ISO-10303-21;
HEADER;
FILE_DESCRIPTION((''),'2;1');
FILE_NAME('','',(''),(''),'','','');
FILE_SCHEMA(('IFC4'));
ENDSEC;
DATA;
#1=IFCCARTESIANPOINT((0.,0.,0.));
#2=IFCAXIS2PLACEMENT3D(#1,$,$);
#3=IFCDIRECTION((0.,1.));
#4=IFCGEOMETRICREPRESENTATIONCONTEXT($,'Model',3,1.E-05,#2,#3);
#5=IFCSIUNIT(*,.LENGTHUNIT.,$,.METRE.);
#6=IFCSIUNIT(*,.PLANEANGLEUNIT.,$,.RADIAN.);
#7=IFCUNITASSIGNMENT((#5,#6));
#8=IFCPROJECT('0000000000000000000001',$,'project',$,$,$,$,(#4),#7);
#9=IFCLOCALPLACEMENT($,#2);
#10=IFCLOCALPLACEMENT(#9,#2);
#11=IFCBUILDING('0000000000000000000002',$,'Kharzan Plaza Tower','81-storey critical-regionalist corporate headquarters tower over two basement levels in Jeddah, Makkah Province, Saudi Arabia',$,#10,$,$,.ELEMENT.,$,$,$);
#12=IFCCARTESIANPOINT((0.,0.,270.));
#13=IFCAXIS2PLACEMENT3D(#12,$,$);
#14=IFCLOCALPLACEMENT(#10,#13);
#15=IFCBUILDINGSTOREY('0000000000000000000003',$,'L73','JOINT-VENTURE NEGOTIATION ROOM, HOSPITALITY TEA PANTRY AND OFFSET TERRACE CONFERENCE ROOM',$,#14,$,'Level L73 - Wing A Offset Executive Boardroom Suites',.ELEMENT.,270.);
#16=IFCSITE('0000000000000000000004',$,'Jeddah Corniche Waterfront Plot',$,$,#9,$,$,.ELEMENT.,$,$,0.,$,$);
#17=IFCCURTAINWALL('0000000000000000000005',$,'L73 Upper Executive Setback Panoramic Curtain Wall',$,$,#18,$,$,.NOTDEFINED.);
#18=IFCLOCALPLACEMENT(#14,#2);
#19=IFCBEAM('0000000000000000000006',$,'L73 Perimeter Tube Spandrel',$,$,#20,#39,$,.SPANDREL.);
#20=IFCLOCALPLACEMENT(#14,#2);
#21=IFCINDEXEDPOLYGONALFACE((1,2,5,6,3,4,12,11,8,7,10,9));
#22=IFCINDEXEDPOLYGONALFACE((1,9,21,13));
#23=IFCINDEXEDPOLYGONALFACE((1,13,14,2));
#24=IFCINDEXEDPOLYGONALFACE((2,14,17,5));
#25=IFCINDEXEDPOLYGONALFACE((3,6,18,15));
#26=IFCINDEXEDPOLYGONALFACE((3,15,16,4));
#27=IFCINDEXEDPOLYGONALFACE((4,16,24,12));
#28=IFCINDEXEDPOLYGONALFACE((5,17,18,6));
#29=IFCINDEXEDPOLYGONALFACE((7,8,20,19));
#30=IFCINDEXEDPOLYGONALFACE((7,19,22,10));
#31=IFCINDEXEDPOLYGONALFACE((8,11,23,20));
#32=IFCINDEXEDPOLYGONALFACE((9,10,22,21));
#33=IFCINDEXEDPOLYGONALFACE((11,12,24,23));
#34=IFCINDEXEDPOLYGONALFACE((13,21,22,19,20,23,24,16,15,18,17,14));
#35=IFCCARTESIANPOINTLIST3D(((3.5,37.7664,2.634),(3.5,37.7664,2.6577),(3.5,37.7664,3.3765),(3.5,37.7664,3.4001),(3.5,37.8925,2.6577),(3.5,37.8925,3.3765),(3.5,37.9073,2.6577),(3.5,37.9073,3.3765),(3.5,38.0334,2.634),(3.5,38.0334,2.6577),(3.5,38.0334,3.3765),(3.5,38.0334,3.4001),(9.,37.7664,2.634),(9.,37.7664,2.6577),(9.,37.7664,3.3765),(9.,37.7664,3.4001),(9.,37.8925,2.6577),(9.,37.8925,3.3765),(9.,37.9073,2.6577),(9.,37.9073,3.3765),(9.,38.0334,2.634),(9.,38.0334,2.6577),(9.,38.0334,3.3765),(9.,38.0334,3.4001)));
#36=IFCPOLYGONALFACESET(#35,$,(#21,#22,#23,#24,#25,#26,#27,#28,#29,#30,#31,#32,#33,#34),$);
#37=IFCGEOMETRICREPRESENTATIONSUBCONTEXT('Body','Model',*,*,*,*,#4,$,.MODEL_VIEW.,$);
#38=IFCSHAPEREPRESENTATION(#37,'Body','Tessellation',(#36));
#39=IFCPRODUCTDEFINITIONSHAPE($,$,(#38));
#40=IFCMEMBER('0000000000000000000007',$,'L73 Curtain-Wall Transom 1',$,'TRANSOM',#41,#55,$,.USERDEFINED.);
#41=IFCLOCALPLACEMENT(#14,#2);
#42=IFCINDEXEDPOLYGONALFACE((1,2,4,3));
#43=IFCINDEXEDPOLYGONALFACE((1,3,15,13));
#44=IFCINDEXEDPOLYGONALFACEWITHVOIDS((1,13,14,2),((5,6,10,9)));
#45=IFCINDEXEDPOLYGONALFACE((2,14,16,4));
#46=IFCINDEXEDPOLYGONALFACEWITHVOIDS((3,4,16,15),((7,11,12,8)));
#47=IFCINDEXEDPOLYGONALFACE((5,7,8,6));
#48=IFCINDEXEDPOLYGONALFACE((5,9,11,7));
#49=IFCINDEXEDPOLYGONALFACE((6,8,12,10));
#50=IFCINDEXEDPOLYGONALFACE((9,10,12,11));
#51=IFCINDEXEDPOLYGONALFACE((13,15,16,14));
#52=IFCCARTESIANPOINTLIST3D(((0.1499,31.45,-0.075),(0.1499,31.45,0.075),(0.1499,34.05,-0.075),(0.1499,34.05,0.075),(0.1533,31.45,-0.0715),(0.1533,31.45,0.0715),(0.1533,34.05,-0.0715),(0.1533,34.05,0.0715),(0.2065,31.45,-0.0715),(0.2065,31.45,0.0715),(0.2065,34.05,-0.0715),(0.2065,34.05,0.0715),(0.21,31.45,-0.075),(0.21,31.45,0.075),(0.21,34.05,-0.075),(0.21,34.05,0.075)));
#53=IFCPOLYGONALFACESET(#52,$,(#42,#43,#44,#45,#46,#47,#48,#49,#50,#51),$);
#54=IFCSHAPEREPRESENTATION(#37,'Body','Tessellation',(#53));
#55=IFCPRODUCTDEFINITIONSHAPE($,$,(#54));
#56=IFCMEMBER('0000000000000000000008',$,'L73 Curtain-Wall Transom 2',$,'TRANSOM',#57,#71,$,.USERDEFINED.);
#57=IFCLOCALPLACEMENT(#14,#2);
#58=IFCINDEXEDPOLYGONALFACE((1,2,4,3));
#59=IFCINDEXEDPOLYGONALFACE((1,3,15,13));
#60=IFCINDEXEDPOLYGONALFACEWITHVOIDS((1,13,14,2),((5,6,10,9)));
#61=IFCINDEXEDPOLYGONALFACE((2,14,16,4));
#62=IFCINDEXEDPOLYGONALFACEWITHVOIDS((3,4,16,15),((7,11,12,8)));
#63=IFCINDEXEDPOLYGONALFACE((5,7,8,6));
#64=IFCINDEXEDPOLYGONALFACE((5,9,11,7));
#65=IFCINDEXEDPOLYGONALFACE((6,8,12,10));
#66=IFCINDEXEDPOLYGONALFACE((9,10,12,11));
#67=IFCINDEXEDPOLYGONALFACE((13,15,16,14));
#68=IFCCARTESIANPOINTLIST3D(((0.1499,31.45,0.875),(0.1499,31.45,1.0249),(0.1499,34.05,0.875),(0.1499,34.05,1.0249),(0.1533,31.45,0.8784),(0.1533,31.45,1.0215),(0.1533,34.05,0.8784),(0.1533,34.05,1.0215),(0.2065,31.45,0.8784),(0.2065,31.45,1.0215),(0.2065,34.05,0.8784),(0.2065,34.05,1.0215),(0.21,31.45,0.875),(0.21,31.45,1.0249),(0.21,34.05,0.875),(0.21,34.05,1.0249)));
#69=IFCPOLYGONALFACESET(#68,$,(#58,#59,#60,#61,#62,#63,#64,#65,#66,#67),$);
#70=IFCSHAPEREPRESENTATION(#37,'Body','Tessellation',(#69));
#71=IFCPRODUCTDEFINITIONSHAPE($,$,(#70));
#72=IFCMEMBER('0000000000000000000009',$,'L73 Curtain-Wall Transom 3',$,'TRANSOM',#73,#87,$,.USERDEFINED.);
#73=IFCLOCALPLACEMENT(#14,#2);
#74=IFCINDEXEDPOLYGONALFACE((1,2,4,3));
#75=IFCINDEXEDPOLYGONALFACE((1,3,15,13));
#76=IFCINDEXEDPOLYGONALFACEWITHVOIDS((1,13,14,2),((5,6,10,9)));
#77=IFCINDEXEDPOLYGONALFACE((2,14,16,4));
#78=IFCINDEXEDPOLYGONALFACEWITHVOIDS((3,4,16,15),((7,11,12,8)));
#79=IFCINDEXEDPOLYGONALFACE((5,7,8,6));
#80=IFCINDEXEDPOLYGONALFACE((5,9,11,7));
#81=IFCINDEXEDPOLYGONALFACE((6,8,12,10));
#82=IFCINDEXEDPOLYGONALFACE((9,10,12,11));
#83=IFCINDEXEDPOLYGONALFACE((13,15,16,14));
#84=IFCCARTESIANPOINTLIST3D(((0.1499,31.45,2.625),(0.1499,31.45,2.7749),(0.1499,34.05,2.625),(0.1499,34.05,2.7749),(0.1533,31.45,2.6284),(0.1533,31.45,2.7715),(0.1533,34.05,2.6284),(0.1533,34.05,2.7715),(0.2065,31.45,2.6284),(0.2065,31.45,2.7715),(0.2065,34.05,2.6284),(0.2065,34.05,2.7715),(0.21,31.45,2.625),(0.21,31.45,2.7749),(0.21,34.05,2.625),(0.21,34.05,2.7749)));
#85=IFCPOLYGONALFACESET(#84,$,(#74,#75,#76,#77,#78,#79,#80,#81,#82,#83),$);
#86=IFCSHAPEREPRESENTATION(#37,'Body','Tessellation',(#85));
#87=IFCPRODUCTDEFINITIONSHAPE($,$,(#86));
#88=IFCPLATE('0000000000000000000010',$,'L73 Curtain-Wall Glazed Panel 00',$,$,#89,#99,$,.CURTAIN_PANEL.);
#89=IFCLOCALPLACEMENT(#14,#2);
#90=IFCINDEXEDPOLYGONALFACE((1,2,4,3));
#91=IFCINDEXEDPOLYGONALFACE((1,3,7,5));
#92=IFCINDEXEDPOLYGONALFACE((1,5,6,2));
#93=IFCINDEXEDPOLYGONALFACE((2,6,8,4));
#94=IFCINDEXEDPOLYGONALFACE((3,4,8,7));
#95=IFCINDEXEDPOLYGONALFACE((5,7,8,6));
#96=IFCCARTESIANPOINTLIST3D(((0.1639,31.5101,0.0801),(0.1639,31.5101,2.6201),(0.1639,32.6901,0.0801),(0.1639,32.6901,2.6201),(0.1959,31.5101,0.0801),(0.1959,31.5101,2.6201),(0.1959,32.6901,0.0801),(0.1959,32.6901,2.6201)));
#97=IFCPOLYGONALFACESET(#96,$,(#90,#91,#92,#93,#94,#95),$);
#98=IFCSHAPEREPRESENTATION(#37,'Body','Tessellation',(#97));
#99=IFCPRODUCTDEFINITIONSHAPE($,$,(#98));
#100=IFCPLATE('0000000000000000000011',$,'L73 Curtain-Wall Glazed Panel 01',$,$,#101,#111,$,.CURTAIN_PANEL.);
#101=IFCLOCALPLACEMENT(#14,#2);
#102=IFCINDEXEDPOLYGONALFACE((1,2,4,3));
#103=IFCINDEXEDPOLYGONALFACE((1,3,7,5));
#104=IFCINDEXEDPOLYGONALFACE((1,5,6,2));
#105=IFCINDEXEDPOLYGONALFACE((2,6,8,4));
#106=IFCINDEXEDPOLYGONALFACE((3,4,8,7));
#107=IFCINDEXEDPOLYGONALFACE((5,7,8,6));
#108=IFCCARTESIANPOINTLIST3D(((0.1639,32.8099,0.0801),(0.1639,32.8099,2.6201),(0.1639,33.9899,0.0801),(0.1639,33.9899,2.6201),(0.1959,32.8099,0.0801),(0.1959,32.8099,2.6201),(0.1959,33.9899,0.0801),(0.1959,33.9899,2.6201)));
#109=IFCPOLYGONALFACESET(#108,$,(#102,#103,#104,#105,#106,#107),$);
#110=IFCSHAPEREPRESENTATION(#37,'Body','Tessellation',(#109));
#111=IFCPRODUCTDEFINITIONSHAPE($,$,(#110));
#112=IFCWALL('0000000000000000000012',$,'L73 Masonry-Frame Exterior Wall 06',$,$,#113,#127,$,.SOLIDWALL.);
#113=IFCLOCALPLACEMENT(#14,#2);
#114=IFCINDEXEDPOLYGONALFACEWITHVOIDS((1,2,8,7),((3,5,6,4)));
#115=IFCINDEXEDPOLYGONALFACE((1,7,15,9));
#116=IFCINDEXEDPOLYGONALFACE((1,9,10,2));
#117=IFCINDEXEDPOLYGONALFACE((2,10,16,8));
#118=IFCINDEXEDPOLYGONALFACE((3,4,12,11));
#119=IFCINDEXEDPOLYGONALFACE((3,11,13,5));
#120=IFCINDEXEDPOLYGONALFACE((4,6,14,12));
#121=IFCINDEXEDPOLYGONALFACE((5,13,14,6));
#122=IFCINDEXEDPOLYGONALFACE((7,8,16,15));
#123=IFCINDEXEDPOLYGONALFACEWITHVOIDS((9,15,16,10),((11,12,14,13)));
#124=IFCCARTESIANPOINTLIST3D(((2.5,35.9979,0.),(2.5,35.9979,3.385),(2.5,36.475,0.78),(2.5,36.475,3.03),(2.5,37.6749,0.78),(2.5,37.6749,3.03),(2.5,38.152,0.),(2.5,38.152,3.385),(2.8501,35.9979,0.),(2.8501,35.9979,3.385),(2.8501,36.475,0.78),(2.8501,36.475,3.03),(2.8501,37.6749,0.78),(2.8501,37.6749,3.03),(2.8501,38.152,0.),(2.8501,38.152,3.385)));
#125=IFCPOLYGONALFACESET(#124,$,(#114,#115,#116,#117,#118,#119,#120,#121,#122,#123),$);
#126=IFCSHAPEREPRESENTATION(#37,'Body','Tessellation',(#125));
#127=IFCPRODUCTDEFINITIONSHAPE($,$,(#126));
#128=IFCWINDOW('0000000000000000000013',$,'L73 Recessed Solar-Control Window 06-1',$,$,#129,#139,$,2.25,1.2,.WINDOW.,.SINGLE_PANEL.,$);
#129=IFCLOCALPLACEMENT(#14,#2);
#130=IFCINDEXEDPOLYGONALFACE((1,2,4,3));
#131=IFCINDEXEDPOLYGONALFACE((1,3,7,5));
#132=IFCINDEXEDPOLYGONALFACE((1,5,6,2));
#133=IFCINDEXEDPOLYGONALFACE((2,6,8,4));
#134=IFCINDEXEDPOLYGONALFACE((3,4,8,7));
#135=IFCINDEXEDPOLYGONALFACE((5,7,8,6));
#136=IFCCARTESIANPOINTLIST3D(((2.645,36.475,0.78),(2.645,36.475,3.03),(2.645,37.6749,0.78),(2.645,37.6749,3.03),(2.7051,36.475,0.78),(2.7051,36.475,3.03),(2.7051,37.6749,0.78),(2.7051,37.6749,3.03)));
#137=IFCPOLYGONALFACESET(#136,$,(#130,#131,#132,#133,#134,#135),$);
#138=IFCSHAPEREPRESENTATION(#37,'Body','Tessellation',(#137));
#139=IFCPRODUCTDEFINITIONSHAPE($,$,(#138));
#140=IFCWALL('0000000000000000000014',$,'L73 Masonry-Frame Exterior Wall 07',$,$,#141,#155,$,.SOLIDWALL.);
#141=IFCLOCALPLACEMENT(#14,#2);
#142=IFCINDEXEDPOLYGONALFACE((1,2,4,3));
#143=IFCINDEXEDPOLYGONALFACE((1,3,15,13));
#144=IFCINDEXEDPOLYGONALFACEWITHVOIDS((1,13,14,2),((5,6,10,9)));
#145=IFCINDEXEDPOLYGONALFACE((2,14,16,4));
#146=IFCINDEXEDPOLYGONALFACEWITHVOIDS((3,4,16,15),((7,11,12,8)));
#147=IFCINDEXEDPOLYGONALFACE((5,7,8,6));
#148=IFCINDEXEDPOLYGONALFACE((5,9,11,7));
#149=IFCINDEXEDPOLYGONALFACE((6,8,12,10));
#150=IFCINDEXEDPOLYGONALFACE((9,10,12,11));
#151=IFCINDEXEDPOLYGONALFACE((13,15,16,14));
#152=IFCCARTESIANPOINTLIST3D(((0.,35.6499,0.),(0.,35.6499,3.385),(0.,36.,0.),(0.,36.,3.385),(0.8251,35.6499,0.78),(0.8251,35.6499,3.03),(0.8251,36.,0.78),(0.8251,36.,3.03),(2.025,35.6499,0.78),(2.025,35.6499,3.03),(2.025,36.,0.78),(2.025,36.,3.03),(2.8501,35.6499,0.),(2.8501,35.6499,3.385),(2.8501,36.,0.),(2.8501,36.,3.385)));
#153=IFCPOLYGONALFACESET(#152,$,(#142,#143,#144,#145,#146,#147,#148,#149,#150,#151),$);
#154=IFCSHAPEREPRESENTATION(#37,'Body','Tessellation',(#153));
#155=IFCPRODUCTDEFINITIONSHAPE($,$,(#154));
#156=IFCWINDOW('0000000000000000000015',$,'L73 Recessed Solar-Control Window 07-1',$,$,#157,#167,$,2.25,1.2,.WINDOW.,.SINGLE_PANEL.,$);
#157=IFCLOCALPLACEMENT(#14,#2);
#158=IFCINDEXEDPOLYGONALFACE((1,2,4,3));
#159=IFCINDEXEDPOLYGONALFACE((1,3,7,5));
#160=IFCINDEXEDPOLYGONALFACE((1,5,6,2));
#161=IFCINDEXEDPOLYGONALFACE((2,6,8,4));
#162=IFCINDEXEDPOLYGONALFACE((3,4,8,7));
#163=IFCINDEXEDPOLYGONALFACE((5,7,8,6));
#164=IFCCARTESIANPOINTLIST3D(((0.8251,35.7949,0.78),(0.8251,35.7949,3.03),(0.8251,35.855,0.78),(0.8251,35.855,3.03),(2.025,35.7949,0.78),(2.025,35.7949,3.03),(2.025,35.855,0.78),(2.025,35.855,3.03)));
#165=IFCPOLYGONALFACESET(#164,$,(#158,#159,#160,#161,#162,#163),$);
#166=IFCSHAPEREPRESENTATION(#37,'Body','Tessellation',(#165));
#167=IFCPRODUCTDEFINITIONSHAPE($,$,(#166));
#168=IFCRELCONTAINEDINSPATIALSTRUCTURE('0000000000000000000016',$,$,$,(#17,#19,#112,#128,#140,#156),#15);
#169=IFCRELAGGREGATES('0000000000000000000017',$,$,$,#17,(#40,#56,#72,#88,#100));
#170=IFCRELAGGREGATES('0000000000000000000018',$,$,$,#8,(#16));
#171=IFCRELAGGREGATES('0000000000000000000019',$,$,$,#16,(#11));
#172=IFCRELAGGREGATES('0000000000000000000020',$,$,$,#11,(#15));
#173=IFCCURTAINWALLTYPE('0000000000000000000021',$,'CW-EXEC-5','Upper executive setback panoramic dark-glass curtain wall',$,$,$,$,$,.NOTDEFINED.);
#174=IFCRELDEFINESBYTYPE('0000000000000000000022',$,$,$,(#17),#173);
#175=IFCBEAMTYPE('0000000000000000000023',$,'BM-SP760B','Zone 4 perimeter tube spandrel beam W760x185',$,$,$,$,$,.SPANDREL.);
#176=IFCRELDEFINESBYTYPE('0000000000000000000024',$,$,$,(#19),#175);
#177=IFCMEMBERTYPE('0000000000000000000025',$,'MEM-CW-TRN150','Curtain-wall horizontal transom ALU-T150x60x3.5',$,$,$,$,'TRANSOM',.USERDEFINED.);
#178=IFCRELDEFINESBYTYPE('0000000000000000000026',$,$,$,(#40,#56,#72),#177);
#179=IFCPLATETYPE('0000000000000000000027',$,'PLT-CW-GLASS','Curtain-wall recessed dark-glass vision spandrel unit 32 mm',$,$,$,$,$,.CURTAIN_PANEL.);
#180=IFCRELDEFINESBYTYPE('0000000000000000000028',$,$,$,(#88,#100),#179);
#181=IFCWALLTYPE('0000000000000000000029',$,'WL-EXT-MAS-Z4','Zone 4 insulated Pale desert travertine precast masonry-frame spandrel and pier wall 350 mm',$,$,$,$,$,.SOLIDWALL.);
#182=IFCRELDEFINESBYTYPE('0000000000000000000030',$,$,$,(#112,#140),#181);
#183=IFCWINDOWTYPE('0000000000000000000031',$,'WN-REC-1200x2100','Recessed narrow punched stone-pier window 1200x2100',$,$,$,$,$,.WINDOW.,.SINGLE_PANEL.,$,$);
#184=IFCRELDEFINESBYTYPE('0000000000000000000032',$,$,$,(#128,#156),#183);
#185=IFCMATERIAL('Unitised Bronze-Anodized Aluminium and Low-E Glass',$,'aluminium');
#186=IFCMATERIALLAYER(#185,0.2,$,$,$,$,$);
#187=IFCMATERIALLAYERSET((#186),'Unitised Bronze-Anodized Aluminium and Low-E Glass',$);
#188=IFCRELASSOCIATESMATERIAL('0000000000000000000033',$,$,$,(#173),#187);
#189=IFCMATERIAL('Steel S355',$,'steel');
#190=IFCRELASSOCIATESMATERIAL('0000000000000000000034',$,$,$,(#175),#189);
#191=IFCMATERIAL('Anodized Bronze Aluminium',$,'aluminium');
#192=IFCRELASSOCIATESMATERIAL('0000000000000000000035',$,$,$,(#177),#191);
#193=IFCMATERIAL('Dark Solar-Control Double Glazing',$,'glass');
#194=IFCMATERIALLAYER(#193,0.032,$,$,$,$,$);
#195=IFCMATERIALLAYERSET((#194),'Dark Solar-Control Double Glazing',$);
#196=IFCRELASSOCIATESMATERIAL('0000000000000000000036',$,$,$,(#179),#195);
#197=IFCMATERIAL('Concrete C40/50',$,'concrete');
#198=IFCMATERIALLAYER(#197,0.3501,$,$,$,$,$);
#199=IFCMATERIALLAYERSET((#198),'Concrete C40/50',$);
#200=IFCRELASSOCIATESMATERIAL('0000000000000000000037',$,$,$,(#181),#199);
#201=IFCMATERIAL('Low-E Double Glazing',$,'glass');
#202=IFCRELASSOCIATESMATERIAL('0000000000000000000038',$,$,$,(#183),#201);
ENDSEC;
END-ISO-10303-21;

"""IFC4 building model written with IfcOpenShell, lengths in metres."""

from ifc_helpers import new_model, si_unit, direction, frame, frame_2d, origin, origin_2d, place, context, subcontext, project, spatial, rectangle, hollow_rectangle, i_section, extrude, source, transform, mapped, material, layer, layer_set, material_profile, profile_set, type_object, element, fill, aggregate, save


model = new_model("IFC4")

# Units and contexts
model_context = context("Model", 3, precision=1e-05, world=origin(), true_north=direction((0.0, 1.0)))
body_context = subcontext(model_context, "Body", "Model", "MODEL_VIEW")
ifc_project = project(units=[si_unit("LENGTHUNIT", "METRE"), si_unit("PLANEANGLEUNIT", "RADIAN")], contexts=[model_context])

# Site, building, storey
site_placement = place(None, origin())
site = spatial("IfcSite", under=ifc_project, at=site_placement, Name="Jeddah Corniche Waterfront Plot", CompositionType="ELEMENT", RefElevation=0.0)
building_placement = place(site_placement, origin())
building = spatial("IfcBuilding", under=site, at=building_placement, Name="Kharzan Plaza Tower", Description="81-storey critical-regionalist corporate headquarters tower over two basement levels in Jeddah, Makkah Province, Saudi Arabia", CompositionType="ELEMENT")
storey_placement = place(building_placement, frame((0.0, 0.0, 270.0)))
storey = spatial("IfcBuildingStorey", under=building, at=storey_placement, Name="L73", Description="JOINT-VENTURE NEGOTIATION ROOM, HOSPITALITY TEA PANTRY AND OFFSET TERRACE CONFERENCE ROOM", LongName="Level L73 - Wing A Offset Executive Boardroom Suites", CompositionType="ELEMENT", Elevation=270.0)

# Shared definitions
ifc_material_1 = material(Name="Steel S355", Category="steel")

# Curtain wall
ifc_material_2 = material(Name="Unitised Bronze-Anodized Aluminium and Low-E Glass", Category="aluminium")
ifc_layer_1 = layer(ifc_material_2, 0.2)
ifc_layer_set_1 = layer_set([ifc_layer_1], Name="Unitised Bronze-Anodized Aluminium and Low-E Glass")
curtain_wall_type = type_object("IfcCurtainWallType", Name="CW-EXEC-5", Description="Upper executive setback panoramic dark-glass curtain wall", PredefinedType="NOTDEFINED", material=ifc_layer_set_1)
curtain_wall_placement = place(storey_placement, origin())
curtain_wall = element("IfcCurtainWall", 1, at=curtain_wall_placement, inside=storey, type_object=curtain_wall_type, Name="L73 Upper Executive Setback Panoramic Curtain Wall", PredefinedType="NOTDEFINED")
ifc_material_3 = material(Name="Anodized Bronze Aluminium", Category="aluminium")

# Beam
ifc_material_profile_1 = material_profile(ifc_material_1, i_section(OverallWidth=0.2671, OverallDepth=0.7661, WebThickness=0.0149, FlangeThickness=0.0237, at=origin_2d()), Name="W760x185")
ifc_profile_set_1 = profile_set([ifc_material_profile_1], Name="Steel S355")
beam_type_1 = type_object("IfcBeamType", Name="BM-SP760B", Description="Zone 4 perimeter tube spandrel beam W760x185", PredefinedType="SPANDREL", material=ifc_profile_set_1)
shared_shape_1 = source(origin(), body_context, "Body", "SweptSolid", [
    extrude(i_section(OverallWidth=0.2671, OverallDepth=0.7661, WebThickness=0.0149, FlangeThickness=0.0237, at=origin_2d()), origin(), (0.0, 0.0, 1.0), 5.5),
])
beam_1_placement = place(storey_placement, frame((3.5, 37.8999, 3.0171), z_axis=(1.0, 0.0, 0.0), x_axis=(0.0, 1.0, 0.0)))
element("IfcBeam", 2, at=beam_1_placement, inside=storey, type_object=beam_type_1, Name="L73 Perimeter Tube Spandrel", PredefinedType="SPANDREL", context=body_context, shape_type="MappedRepresentation", body=[
    mapped(shared_shape_1, transform((0.0, 0.0, 0.0), x_axis=(1.0, 0.0, 0.0), y_axis=(0.0, 1.0, 0.0), z_axis=(0.0, 0.0, 1.0))),
])

# Members
ifc_material_profile_2 = material_profile(ifc_material_3, hollow_rectangle(XDim=0.0601, YDim=0.1499, WallThickness=0.0034, at=origin_2d()), Name="ALU-T150x60x3.5")
ifc_profile_set_2 = profile_set([ifc_material_profile_2], Name="Anodized Bronze Aluminium")
member_type_1 = type_object("IfcMemberType", Name="MEM-CW-TRN150", Description="Curtain-wall horizontal transom ALU-T150x60x3.5", ElementType="TRANSOM", PredefinedType="USERDEFINED", material=ifc_profile_set_2)
shared_shape_2 = source(origin(), body_context, "Body", "SweptSolid", [
    extrude(hollow_rectangle(XDim=0.0601, YDim=0.1499, WallThickness=0.0034, at=origin_2d()), origin(), (0.0, 0.0, 1.0), 2.6001),
])
member_1_placement = place(storey_placement, frame((0.1799, 31.45, 0.0), z_axis=(0.0, 1.0, 0.0), x_axis=(-1.0, 0.0, 0.0)))
member_1 = element("IfcMember", 3, at=member_1_placement, type_object=member_type_1, Name="L73 Curtain-Wall Transom 1", ObjectType="TRANSOM", PredefinedType="USERDEFINED", context=body_context, shape_type="MappedRepresentation", body=[
    mapped(shared_shape_2, transform((0.0, 0.0, 0.0), x_axis=(1.0, 0.0, 0.0), y_axis=(0.0, 1.0, 0.0), z_axis=(0.0, 0.0, 1.0))),
])
member_2_placement = place(storey_placement, frame((0.1799, 31.45, 0.95), z_axis=(0.0, 1.0, 0.0), x_axis=(-1.0, 0.0, 0.0)))
member_2 = element("IfcMember", 4, at=member_2_placement, type_object=member_type_1, Name="L73 Curtain-Wall Transom 2", ObjectType="TRANSOM", PredefinedType="USERDEFINED", context=body_context, shape_type="MappedRepresentation", body=[
    mapped(shared_shape_2, transform((0.0, 0.0, 0.0), x_axis=(1.0, 0.0, 0.0), y_axis=(0.0, 1.0, 0.0), z_axis=(0.0, 0.0, 1.0))),
])
member_3_placement = place(storey_placement, frame((0.1799, 31.45, 2.7), z_axis=(0.0, 1.0, 0.0), x_axis=(-1.0, 0.0, 0.0)))
member_3 = element("IfcMember", 5, at=member_3_placement, type_object=member_type_1, Name="L73 Curtain-Wall Transom 3", ObjectType="TRANSOM", PredefinedType="USERDEFINED", context=body_context, shape_type="MappedRepresentation", body=[
    mapped(shared_shape_2, transform((0.0, 0.0, 0.0), x_axis=(1.0, 0.0, 0.0), y_axis=(0.0, 1.0, 0.0), z_axis=(0.0, 0.0, 1.0))),
])

# Plates
ifc_material_4 = material(Name="Dark Solar-Control Double Glazing", Category="glass")
ifc_layer_2 = layer(ifc_material_4, 0.032)
ifc_layer_set_2 = layer_set([ifc_layer_2], Name="Dark Solar-Control Double Glazing")
plate_type = type_object("IfcPlateType", Name="PLT-CW-GLASS", Description="Curtain-wall recessed dark-glass vision spandrel unit 32 mm", PredefinedType="CURTAIN_PANEL", material=ifc_layer_set_2)
shared_shape_3 = source(origin(), body_context, "Body", "SweptSolid", [
    extrude(rectangle(XDim=1.1799, YDim=0.032, at=origin_2d()), origin(), (0.0, 0.0, 1.0), 2.54),
])
plate_1_placement = place(storey_placement, frame((0.1799, 32.1001, 0.0801), z_axis=(0.0, 0.0, 1.0), x_axis=(0.0, 1.0, 0.0)))
plate_1 = element("IfcPlate", 6, at=plate_1_placement, type_object=plate_type, Name="L73 Curtain-Wall Glazed Panel 00", PredefinedType="CURTAIN_PANEL", context=body_context, shape_type="MappedRepresentation", body=[
    mapped(shared_shape_3, transform((0.0, 0.0, 0.0), x_axis=(1.0, 0.0, 0.0), y_axis=(0.0, 1.0, 0.0), z_axis=(0.0, 0.0, 1.0))),
])
plate_2_placement = place(storey_placement, frame((0.1799, 33.3999, 0.0801), z_axis=(0.0, 0.0, 1.0), x_axis=(0.0, 1.0, 0.0)))
plate_2 = element("IfcPlate", 7, at=plate_2_placement, type_object=plate_type, Name="L73 Curtain-Wall Glazed Panel 01", PredefinedType="CURTAIN_PANEL", context=body_context, shape_type="MappedRepresentation", body=[
    mapped(shared_shape_3, transform((0.0, 0.0, 0.0), x_axis=(1.0, 0.0, 0.0), y_axis=(0.0, 1.0, 0.0), z_axis=(0.0, 0.0, 1.0))),
])
aggregate(curtain_wall, [member_1, member_2, member_3, plate_1, plate_2])

# Walls, openings, windows
ifc_material_5 = material(Name="Concrete C40/50", Category="concrete")
ifc_layer_3 = layer(ifc_material_5, 0.3501)
ifc_layer_set_3 = layer_set([ifc_layer_3], Name="Concrete C40/50")
wall_type_1 = type_object("IfcWallType", Name="WL-EXT-MAS-Z4", Description="Zone 4 insulated Pale desert travertine precast masonry-frame spandrel and pier wall 350 mm", PredefinedType="SOLIDWALL", material=ifc_layer_set_3)
wall_1_placement = place(storey_placement, frame((2.675, 38.1521, 0.0), z_axis=(0.0, 0.0, 1.0), x_axis=(0.0, -1.0, 0.0)))
wall_1 = element("IfcWall", 8, at=wall_1_placement, inside=storey, type_object=wall_type_1, Name="L73 Masonry-Frame Exterior Wall 06", PredefinedType="SOLIDWALL", context=body_context, shape_type="SweptSolid", body=[
    extrude(rectangle(XDim=2.1541, YDim=0.3501, at=frame_2d((1.0771, 0.0))), origin(), (0.0, 0.0, 1.0), 3.385),
])
opening_1_placement = place(wall_1_placement, frame((0.4771, 0.0, 0.78)))
opening_1 = element("IfcOpeningElement", 9, at=opening_1_placement, cuts=wall_1, PredefinedType="OPENING", context=body_context, shape_type="SweptSolid", body=[
    extrude(rectangle(XDim=1.2, YDim=2.25, at=frame_2d((0.6001, 1.125))), frame((0.0, 0.1851, 0.0), z_axis=(0.0, -1.0, 0.0), x_axis=(1.0, 0.0, 0.0)), (0.0, 0.0, 1.0), 0.3701),
])
ifc_material_6 = material(Name="Low-E Double Glazing", Category="glass")
window_type = type_object("IfcWindowType", Name="WN-REC-1200x2100", Description="Recessed narrow punched stone-pier window 1200x2100", PartitioningType="SINGLE_PANEL", PredefinedType="WINDOW", material=ifc_material_6)
shared_shape_4 = source(origin(), body_context, "Body", "SweptSolid", [
    extrude(rectangle(XDim=1.2, YDim=2.25, at=frame_2d((0.6001, 1.125))), frame((0.0, 0.03, 0.0), z_axis=(0.0, -1.0, 0.0), x_axis=(1.0, 0.0, 0.0)), (0.0, 0.0, 1.0), 0.0601),
])
window_1_placement = place(opening_1_placement, origin())
window_1 = element("IfcWindow", 10, at=window_1_placement, inside=storey, type_object=window_type, Name="L73 Recessed Solar-Control Window 06-1", OverallHeight=2.25, OverallWidth=1.2, PartitioningType="SINGLE_PANEL", PredefinedType="WINDOW", context=body_context, shape_type="MappedRepresentation", body=[
    mapped(shared_shape_4, transform((0.0, 0.0, 0.0), x_axis=(1.0, 0.0, 0.0), y_axis=(0.0, 1.0, 0.0), z_axis=(0.0, 0.0, 1.0))),
])
fill(opening_1, window_1)
wall_2_placement = place(storey_placement, frame((2.8501, 35.825, 0.0), z_axis=(0.0, 0.0, 1.0), x_axis=(-1.0, 0.0, 0.0)))
wall_2 = element("IfcWall", 11, at=wall_2_placement, inside=storey, type_object=wall_type_1, Name="L73 Masonry-Frame Exterior Wall 07", PredefinedType="SOLIDWALL", context=body_context, shape_type="SweptSolid", body=[
    extrude(rectangle(XDim=2.8501, YDim=0.3501, at=frame_2d((1.425, 0.0))), origin(), (0.0, 0.0, 1.0), 3.385),
])
opening_2_placement = place(wall_2_placement, frame((0.825, 0.0, 0.78)))
opening_2 = element("IfcOpeningElement", 12, at=opening_2_placement, cuts=wall_2, PredefinedType="OPENING", context=body_context, shape_type="SweptSolid", body=[
    extrude(rectangle(XDim=1.2, YDim=2.25, at=frame_2d((0.6001, 1.125))), frame((0.0, 0.1851, 0.0), z_axis=(0.0, -1.0, 0.0), x_axis=(1.0, 0.0, 0.0)), (0.0, 0.0, 1.0), 0.3701),
])
window_2_placement = place(opening_2_placement, origin())
window_2 = element("IfcWindow", 13, at=window_2_placement, inside=storey, type_object=window_type, Name="L73 Recessed Solar-Control Window 07-1", OverallHeight=2.25, OverallWidth=1.2, PartitioningType="SINGLE_PANEL", PredefinedType="WINDOW", context=body_context, shape_type="MappedRepresentation", body=[
    mapped(shared_shape_4, transform((0.0, 0.0, 0.0), x_axis=(1.0, 0.0, 0.0), y_axis=(0.0, 1.0, 0.0), z_axis=(0.0, 0.0, 1.0))),
])
fill(opening_2, window_2)

save(model, "model.ifc")
